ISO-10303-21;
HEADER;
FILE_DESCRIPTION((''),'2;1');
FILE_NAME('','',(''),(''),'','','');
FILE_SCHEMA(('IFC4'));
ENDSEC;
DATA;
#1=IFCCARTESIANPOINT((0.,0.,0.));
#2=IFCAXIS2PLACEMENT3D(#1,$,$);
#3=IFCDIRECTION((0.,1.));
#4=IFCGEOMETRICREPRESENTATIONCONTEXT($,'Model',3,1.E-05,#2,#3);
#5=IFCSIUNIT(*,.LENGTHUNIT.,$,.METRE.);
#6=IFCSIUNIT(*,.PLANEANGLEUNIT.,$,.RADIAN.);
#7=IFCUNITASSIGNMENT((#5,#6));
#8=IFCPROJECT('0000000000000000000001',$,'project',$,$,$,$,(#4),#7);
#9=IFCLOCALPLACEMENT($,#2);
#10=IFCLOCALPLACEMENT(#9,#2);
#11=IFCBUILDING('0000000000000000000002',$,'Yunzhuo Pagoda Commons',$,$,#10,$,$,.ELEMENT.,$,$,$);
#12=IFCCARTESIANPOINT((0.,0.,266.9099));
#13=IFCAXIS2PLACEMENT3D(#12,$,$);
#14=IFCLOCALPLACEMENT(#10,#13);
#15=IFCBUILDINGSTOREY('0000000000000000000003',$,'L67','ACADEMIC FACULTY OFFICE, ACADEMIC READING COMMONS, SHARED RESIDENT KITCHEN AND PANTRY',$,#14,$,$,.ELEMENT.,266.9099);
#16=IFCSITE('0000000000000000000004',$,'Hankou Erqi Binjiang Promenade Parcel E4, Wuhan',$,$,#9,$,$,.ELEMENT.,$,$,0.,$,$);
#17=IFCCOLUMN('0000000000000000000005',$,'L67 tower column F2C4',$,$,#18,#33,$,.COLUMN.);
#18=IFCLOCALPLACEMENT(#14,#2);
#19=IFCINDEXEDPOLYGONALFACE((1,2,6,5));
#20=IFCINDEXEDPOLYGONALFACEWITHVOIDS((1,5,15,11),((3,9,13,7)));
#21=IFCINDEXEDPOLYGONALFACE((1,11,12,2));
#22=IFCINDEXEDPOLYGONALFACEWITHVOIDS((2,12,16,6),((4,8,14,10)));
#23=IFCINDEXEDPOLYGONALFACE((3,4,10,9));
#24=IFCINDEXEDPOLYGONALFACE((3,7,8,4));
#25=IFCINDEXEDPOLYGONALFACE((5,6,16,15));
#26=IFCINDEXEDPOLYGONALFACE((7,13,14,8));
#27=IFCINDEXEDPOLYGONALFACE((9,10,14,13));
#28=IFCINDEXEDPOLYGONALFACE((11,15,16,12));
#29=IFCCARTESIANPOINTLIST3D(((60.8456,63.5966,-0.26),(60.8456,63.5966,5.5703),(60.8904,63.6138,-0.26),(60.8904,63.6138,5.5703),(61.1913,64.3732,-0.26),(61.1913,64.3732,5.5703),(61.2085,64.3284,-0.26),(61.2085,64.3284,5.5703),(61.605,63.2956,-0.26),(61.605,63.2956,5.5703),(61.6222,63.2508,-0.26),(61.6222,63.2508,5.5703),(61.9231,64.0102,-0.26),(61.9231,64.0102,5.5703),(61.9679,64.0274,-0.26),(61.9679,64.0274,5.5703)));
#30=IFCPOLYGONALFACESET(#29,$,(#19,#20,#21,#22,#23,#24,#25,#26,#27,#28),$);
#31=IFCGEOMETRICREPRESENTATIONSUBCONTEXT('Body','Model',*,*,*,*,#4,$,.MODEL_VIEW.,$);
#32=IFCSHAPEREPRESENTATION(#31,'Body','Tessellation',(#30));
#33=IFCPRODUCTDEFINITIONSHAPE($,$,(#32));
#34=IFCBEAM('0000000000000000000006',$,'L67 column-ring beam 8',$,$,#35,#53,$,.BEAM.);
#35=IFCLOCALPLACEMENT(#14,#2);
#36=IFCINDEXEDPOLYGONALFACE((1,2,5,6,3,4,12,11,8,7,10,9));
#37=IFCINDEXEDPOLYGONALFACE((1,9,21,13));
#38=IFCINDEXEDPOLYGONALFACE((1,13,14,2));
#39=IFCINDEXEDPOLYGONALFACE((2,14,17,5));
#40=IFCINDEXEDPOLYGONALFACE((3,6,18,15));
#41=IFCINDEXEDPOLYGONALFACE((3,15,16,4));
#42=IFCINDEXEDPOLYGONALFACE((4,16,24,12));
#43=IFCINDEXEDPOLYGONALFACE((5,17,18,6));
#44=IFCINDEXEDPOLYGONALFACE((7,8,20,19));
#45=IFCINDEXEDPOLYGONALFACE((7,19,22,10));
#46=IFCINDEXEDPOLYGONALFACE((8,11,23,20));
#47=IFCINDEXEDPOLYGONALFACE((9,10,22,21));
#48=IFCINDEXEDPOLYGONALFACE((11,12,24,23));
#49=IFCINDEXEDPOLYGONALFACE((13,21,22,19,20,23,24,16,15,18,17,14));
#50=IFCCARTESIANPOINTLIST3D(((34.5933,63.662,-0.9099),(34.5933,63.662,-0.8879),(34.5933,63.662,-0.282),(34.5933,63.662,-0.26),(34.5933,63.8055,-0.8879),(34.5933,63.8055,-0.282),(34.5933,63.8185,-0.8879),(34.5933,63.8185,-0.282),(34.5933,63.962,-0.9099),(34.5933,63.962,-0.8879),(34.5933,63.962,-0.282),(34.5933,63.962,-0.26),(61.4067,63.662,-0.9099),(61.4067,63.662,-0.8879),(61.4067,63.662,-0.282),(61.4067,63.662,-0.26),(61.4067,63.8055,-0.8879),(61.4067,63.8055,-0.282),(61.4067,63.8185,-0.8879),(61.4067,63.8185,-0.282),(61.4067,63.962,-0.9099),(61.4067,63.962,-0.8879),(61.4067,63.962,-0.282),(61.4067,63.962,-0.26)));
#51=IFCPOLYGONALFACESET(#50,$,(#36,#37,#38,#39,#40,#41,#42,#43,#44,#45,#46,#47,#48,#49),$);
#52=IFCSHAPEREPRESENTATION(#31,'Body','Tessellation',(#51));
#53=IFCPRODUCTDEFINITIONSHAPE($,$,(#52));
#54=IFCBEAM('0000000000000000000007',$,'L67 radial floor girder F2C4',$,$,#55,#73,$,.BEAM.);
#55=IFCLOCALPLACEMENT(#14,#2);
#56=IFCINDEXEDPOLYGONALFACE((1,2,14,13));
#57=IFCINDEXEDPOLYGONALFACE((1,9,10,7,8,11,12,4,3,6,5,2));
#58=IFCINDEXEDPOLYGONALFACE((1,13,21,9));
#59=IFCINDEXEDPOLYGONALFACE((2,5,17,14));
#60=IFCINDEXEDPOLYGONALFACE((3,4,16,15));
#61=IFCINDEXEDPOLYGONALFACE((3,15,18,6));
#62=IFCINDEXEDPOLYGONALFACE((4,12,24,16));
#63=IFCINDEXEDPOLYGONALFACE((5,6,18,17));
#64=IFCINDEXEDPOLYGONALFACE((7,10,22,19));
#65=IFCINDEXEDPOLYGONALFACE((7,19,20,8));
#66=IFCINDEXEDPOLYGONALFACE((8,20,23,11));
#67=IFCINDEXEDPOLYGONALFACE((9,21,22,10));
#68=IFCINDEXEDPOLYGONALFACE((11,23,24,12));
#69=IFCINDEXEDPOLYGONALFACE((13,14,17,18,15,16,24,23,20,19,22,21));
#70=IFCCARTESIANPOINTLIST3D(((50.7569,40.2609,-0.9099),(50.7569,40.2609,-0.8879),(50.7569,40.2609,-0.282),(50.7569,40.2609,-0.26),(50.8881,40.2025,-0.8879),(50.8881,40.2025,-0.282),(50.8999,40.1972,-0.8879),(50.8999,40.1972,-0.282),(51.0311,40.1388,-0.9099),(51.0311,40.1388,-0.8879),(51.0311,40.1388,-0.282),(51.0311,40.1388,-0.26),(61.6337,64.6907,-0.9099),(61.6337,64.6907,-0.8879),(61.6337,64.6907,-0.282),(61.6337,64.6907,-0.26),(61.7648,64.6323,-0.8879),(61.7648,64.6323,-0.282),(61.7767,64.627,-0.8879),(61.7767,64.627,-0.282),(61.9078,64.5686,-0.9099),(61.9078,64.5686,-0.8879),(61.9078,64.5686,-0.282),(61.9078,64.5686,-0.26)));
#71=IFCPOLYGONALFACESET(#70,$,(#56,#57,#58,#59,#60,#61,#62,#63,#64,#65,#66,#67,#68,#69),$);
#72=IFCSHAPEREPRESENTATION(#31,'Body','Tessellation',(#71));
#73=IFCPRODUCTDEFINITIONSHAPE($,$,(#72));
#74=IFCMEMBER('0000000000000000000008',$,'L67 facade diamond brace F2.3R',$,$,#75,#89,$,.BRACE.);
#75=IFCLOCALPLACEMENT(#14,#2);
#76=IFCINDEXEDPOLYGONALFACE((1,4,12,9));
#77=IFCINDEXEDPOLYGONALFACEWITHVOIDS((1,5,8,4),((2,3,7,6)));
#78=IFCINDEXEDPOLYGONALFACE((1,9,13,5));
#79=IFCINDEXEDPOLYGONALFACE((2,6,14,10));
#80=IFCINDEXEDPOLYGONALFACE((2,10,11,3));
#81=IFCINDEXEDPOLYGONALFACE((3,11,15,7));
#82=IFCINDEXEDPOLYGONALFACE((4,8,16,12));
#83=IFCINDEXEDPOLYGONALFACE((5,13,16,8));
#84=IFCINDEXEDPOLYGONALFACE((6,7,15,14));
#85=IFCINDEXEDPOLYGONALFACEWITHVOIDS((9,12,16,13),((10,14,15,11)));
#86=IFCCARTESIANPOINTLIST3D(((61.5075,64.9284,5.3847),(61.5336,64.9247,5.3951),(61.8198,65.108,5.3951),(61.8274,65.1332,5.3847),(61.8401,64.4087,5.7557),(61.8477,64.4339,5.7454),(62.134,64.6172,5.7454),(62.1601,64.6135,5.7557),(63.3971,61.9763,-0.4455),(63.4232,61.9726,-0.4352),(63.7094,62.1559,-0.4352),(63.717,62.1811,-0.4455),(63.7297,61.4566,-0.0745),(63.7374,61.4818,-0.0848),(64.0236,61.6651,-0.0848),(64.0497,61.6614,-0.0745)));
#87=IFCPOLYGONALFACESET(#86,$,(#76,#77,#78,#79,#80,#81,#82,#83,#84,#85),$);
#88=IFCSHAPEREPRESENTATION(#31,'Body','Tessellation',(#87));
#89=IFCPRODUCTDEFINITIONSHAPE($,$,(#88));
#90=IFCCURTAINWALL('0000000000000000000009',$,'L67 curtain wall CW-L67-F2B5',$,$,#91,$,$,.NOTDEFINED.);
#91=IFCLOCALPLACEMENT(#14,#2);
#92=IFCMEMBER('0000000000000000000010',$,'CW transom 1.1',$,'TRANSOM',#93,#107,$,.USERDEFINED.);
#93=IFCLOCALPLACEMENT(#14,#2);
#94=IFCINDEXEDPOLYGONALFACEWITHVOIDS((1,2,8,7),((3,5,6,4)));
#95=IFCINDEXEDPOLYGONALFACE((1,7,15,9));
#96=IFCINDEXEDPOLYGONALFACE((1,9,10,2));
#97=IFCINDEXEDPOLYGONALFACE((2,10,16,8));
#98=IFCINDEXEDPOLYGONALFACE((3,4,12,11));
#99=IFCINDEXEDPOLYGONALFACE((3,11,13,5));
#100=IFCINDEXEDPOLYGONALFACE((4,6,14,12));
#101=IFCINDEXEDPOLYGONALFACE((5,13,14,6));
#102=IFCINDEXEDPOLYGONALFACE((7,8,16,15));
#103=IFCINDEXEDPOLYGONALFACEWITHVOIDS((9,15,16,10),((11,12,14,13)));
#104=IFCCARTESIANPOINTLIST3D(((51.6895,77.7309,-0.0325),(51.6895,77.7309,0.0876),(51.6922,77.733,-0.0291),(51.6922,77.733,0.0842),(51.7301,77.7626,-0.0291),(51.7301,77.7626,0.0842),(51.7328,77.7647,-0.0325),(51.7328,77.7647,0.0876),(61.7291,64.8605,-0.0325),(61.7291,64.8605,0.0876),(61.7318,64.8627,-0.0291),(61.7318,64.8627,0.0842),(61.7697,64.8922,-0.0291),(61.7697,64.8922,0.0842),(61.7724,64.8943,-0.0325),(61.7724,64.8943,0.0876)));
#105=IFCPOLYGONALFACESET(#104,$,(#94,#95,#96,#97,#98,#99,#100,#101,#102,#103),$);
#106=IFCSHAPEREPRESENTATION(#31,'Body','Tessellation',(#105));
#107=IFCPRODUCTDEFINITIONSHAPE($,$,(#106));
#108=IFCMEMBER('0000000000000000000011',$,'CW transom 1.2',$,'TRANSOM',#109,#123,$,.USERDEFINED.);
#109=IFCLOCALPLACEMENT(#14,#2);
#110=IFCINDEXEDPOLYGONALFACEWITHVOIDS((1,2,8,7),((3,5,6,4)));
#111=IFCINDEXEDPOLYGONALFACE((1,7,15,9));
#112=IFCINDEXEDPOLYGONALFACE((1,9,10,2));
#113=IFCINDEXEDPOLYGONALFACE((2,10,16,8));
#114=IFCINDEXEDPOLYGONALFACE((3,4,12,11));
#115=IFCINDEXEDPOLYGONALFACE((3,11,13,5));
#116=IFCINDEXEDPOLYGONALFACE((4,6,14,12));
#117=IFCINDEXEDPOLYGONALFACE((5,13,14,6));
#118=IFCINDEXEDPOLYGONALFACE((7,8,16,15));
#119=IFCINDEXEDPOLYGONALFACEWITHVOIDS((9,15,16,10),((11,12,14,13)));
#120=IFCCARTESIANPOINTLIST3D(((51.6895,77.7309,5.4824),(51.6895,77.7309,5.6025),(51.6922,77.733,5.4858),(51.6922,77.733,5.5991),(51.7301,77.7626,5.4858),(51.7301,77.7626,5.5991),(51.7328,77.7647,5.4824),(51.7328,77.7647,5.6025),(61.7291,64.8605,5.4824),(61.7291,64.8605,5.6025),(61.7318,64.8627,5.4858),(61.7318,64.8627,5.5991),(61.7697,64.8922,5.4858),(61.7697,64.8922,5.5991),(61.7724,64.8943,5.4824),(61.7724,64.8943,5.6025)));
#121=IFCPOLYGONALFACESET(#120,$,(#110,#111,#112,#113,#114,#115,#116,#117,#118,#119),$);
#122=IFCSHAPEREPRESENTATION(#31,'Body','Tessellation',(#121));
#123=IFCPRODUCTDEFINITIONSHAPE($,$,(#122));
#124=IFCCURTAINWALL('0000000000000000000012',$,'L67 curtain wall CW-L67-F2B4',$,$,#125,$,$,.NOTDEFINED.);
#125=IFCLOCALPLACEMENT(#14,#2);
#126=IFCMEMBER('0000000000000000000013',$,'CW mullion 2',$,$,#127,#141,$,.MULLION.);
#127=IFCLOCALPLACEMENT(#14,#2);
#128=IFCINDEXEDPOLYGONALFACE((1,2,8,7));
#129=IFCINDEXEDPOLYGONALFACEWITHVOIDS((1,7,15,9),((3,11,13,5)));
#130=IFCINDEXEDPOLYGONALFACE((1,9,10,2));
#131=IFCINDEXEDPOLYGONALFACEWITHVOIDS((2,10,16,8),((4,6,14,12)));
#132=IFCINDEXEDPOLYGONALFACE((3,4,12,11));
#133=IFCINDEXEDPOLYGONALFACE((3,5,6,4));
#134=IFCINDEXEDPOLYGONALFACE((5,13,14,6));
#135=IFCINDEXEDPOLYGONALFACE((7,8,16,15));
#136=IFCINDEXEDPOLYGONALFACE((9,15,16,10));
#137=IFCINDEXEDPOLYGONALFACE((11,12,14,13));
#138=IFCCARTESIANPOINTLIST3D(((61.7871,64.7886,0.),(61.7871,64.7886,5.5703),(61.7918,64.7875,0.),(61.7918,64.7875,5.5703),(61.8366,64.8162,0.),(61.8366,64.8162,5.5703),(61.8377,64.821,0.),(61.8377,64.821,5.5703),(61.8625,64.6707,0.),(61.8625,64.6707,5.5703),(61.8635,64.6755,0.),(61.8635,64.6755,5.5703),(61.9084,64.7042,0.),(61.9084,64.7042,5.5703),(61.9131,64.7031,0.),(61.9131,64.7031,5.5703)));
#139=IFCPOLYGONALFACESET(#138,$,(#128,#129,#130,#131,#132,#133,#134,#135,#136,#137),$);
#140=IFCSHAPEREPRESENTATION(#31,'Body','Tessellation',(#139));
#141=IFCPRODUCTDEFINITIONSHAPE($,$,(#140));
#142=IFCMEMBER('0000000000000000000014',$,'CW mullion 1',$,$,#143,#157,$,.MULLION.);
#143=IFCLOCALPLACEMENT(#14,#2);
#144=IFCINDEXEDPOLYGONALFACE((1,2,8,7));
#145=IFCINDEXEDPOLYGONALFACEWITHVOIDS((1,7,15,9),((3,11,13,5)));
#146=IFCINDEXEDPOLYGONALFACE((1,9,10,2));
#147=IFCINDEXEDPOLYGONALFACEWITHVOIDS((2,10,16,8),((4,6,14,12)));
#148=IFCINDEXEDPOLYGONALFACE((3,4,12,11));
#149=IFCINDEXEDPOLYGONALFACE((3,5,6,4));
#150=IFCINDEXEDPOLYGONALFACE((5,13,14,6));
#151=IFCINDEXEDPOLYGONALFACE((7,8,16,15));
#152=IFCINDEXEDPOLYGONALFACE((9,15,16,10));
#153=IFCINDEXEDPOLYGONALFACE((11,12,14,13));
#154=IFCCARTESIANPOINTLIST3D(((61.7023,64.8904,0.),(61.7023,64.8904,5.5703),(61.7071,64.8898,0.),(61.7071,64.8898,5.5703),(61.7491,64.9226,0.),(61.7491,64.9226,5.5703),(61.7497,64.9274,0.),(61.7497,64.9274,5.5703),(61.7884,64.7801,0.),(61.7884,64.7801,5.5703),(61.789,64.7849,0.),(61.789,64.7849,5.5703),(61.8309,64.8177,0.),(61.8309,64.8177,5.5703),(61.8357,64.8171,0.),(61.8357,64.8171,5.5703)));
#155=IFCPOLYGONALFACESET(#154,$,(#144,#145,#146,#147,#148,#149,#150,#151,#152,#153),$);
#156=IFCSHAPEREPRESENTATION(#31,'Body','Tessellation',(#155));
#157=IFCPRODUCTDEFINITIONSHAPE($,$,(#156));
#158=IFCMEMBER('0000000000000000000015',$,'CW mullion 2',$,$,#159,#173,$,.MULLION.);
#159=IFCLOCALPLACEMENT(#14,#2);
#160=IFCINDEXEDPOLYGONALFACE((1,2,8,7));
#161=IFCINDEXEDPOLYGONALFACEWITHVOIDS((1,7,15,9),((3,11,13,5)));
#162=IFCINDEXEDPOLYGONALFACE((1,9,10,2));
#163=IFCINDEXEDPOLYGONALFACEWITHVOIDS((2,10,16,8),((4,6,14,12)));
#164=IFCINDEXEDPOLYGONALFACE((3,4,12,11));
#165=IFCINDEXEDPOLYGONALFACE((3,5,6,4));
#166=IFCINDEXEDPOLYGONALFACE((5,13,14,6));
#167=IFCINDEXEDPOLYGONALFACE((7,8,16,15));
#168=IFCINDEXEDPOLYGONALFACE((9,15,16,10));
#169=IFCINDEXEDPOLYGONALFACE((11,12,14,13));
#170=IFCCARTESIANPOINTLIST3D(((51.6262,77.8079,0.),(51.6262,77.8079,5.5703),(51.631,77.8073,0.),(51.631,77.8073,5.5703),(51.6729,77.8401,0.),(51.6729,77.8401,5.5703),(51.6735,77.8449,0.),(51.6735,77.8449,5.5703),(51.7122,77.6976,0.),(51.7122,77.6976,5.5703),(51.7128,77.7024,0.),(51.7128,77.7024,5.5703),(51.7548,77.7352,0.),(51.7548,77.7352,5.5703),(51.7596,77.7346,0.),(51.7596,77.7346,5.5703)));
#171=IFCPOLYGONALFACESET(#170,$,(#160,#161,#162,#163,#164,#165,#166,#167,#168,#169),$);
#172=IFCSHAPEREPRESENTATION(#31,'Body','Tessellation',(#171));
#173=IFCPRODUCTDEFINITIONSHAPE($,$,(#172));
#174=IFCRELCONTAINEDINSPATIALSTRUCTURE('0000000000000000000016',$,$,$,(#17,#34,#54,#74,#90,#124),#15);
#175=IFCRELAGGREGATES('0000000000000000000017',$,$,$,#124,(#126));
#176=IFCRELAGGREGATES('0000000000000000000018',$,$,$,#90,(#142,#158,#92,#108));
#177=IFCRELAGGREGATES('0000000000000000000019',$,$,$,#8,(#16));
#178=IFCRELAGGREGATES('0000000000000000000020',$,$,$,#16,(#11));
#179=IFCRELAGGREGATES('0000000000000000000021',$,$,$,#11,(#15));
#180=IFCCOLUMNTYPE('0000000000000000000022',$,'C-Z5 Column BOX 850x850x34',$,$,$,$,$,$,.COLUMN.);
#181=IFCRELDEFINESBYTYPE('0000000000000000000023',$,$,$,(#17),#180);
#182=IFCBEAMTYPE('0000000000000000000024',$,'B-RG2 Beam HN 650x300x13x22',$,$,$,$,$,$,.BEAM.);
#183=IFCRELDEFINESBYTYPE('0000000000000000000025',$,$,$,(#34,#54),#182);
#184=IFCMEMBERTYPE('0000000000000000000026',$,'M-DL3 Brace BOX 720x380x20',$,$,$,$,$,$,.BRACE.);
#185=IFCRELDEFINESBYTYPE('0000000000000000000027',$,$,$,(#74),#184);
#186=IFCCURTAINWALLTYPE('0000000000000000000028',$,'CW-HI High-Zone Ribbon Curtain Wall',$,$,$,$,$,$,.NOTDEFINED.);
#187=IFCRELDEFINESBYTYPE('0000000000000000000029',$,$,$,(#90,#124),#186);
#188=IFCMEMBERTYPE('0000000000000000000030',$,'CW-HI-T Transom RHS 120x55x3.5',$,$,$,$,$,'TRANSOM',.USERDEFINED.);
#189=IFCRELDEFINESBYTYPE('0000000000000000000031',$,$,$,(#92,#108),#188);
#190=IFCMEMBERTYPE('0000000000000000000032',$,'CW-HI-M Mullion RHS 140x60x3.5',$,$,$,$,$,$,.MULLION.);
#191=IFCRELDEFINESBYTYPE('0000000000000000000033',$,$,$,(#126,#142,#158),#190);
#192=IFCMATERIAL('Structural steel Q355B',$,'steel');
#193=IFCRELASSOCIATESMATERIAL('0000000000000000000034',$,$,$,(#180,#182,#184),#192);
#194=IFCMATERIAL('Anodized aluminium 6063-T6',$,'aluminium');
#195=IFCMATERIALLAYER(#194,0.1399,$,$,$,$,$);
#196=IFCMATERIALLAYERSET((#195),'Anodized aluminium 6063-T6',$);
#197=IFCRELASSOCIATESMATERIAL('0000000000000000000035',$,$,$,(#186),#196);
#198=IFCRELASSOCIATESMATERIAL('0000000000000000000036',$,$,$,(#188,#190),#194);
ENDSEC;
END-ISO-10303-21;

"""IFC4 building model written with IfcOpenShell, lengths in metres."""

from ifc_helpers import new_model, si_unit, direction, frame, origin, origin_2d, place, context, subcontext, project, spatial, hollow_rectangle, i_section, extrude, source, transform, mapped, material, layer, layer_set, material_profile, profile_set, type_object, element, aggregate, save


model = new_model("IFC4")

# Units and contexts
model_context = context("Model", 3, precision=1e-05, world=origin(), true_north=direction((0.0, 1.0)))
body_context = subcontext(model_context, "Body", "Model", "MODEL_VIEW")
ifc_project = project(units=[si_unit("LENGTHUNIT", "METRE"), si_unit("PLANEANGLEUNIT", "RADIAN")], contexts=[model_context])

# Site, building, storey
site_placement = place(None, origin())
site = spatial("IfcSite", under=ifc_project, at=site_placement, Name="Hankou Erqi Binjiang Promenade Parcel E4, Wuhan", CompositionType="ELEMENT", RefElevation=0.0)
building_placement = place(site_placement, origin())
building = spatial("IfcBuilding", under=site, at=building_placement, Name="Yunzhuo Pagoda Commons", CompositionType="ELEMENT")
storey_placement = place(building_placement, frame((0.0, 0.0, 266.9099)))
storey = spatial("IfcBuildingStorey", under=building, at=storey_placement, Name="L67", Description="ACADEMIC FACULTY OFFICE, ACADEMIC READING COMMONS, SHARED RESIDENT KITCHEN AND PANTRY", CompositionType="ELEMENT", Elevation=266.9099)

# Column
ifc_material_1 = material(Name="Structural steel Q355B", Category="steel")
ifc_material_profile_1 = material_profile(ifc_material_1, hollow_rectangle(XDim=0.8501, YDim=0.8501, WallThickness=0.0339, at=origin_2d()), Name="Structural steel Q355B")
ifc_profile_set_1 = profile_set([ifc_material_profile_1], Name="Structural steel Q355B")
column_type = type_object("IfcColumnType", Name="C-Z5 Column BOX 850x850x34", PredefinedType="COLUMN", material=ifc_profile_set_1)
shared_shape_1 = source(origin(), body_context, "Body", "SweptSolid", [
    extrude(hollow_rectangle(XDim=0.8501, YDim=0.8501, WallThickness=0.0339, at=origin_2d()), origin(), (0.0, 0.0, 1.0), 5.8303),
])
column_placement = place(storey_placement, frame((61.4067, 63.812, -0.26), z_axis=(0.0, 0.0, 1.0), x_axis=(-0.913545, 0.406737, 0.0)))
element("IfcColumn", 1, at=column_placement, inside=storey, type_object=column_type, Name="L67 tower column F2C4", PredefinedType="COLUMN", context=body_context, shape_type="MappedRepresentation", body=[
    mapped(shared_shape_1, transform((0.0, 0.0, 0.0), scale=1.0)),
])

# Beams
ifc_material_profile_2 = material_profile(ifc_material_1, i_section(OverallWidth=0.3, OverallDepth=0.6499, WebThickness=0.0129, FlangeThickness=0.022, at=origin_2d()), Name="Structural steel Q355B")
ifc_profile_set_2 = profile_set([ifc_material_profile_2], Name="Structural steel Q355B")
beam_type = type_object("IfcBeamType", Name="B-RG2 Beam HN 650x300x13x22", PredefinedType="BEAM", material=ifc_profile_set_2)
shared_shape_2 = source(origin(), body_context, "Body", "SweptSolid", [
    extrude(i_section(OverallWidth=0.3, OverallDepth=0.6499, WebThickness=0.0129, FlangeThickness=0.022, at=origin_2d()), origin(), (0.0, 0.0, 1.0), 26.8135),
])
beam_1_placement = place(storey_placement, frame((61.4067, 63.812, -0.585), z_axis=(-1.0, 0.0, 0.0), x_axis=(0.0, -1.0, 0.0)))
element("IfcBeam", 2, at=beam_1_placement, inside=storey, type_object=beam_type, Name="L67 column-ring beam 8", PredefinedType="BEAM", context=body_context, shape_type="MappedRepresentation", body=[
    mapped(shared_shape_2, transform((0.0, 0.0, 0.0), scale=1.0)),
])
shared_shape_3 = source(origin(), body_context, "Body", "SweptSolid", [
    extrude(i_section(OverallWidth=0.3, OverallDepth=0.6499, WebThickness=0.0129, FlangeThickness=0.022, at=origin_2d()), origin(), (0.0, 0.0, 1.0), 26.7417),
])
beam_2_placement = place(storey_placement, frame((61.7708, 64.6296, -0.585), z_axis=(-0.406734, -0.913547, 0.0), x_axis=(0.913547, -0.406734, 0.0)))
element("IfcBeam", 3, at=beam_2_placement, inside=storey, type_object=beam_type, Name="L67 radial floor girder F2C4", PredefinedType="BEAM", context=body_context, shape_type="MappedRepresentation", body=[
    mapped(shared_shape_3, transform((0.0, 0.0, 0.0), scale=1.0)),
])

# Member
ifc_material_profile_3 = material_profile(ifc_material_1, hollow_rectangle(XDim=0.3799, YDim=0.72, WallThickness=0.02, at=origin_2d()), Name="Structural steel Q355B")
ifc_profile_set_3 = profile_set([ifc_material_profile_3], Name="Structural steel Q355B")
member_type_1 = type_object("IfcMemberType", Name="M-DL3 Brace BOX 720x380x20", PredefinedType="BRACE", material=ifc_profile_set_3)
shared_shape_4 = source(origin(), body_context, "Body", "SweptSolid", [
    extrude(hollow_rectangle(XDim=0.3799, YDim=0.72, WallThickness=0.02, at=origin_2d()), origin(), (0.0, 0.0, 1.0), 6.8027),
])
member_1_placement = place(storey_placement, frame((63.7234, 61.8188, -0.26), z_axis=(-0.277774, 0.433958, 0.857043), x_axis=(-0.842236, -0.539109, 0.0)))
element("IfcMember", 4, at=member_1_placement, inside=storey, type_object=member_type_1, Name="L67 facade diamond brace F2.3R", PredefinedType="BRACE", context=body_context, shape_type="MappedRepresentation", body=[
    mapped(shared_shape_4, transform((0.0, 0.0, 0.0), scale=1.0)),
])

# Curtain wall, members
ifc_material_2 = material(Name="Anodized aluminium 6063-T6", Category="aluminium")
ifc_layer_1 = layer(ifc_material_2, 0.1399)
ifc_layer_set_1 = layer_set([ifc_layer_1], Name="Anodized aluminium 6063-T6")
curtain_wall_type = type_object("IfcCurtainWallType", Name="CW-HI High-Zone Ribbon Curtain Wall", PredefinedType="NOTDEFINED", material=ifc_layer_set_1)
curtain_wall_1_placement = place(storey_placement, origin())
curtain_wall_1 = element("IfcCurtainWall", 5, at=curtain_wall_1_placement, inside=storey, type_object=curtain_wall_type, Name="L67 curtain wall CW-L67-F2B5", PredefinedType="NOTDEFINED")
ifc_material_profile_4 = material_profile(ifc_material_2, hollow_rectangle(XDim=0.0549, YDim=0.1201, WallThickness=0.0034, at=origin_2d()), Name="Anodized aluminium 6063-T6")
ifc_profile_set_4 = profile_set([ifc_material_profile_4], Name="Anodized aluminium 6063-T6")
member_type_2 = type_object("IfcMemberType", Name="CW-HI-T Transom RHS 120x55x3.5", ElementType="TRANSOM", PredefinedType="USERDEFINED", material=ifc_profile_set_4)
shared_shape_5 = source(origin(), body_context, "Body", "SweptSolid", [
    extrude(hollow_rectangle(XDim=0.0549, YDim=0.1201, WallThickness=0.0034, at=origin_2d()), origin(), (0.0, 0.0, 1.0), 16.323),
])
member_2_placement = place(storey_placement, frame((61.7507, 64.8774, 0.0276), z_axis=(-0.615057, 0.788482, 0.0), x_axis=(-0.788482, -0.615057, 0.0)))
member_2 = element("IfcMember", 6, at=member_2_placement, type_object=member_type_2, Name="CW transom 1.1", ObjectType="TRANSOM", PredefinedType="USERDEFINED", context=body_context, shape_type="MappedRepresentation", body=[
    mapped(shared_shape_5, transform((0.0, 0.0, 0.0), scale=1.0)),
])
member_3_placement = place(storey_placement, frame((61.7507, 64.8774, 5.5425), z_axis=(-0.615057, 0.788482, 0.0), x_axis=(-0.788482, -0.615057, 0.0)))
member_3 = element("IfcMember", 7, at=member_3_placement, type_object=member_type_2, Name="CW transom 1.2", ObjectType="TRANSOM", PredefinedType="USERDEFINED", context=body_context, shape_type="MappedRepresentation", body=[
    mapped(shared_shape_5, transform((0.0, 0.0, 0.0), scale=1.0)),
])

# Curtain wall, member
curtain_wall_2_placement = place(storey_placement, origin())
curtain_wall_2 = element("IfcCurtainWall", 8, at=curtain_wall_2_placement, inside=storey, type_object=curtain_wall_type, Name="L67 curtain wall CW-L67-F2B4", PredefinedType="NOTDEFINED")
ifc_material_profile_5 = material_profile(ifc_material_2, hollow_rectangle(XDim=0.0601, YDim=0.1399, WallThickness=0.0034, at=origin_2d()), Name="Anodized aluminium 6063-T6")
ifc_profile_set_5 = profile_set([ifc_material_profile_5], Name="Anodized aluminium 6063-T6")
member_type_3 = type_object("IfcMemberType", Name="CW-HI-M Mullion RHS 140x60x3.5", PredefinedType="MULLION", material=ifc_profile_set_5)
shared_shape_6 = source(origin(), body_context, "Body", "SweptSolid", [
    extrude(hollow_rectangle(XDim=0.0601, YDim=0.1399, WallThickness=0.0034, at=origin_2d()), origin(), (0.0, 0.0, 1.0), 5.5703),
])
member_4_placement = place(storey_placement, frame((61.8501, 64.7458, 0.0), z_axis=(0.0, 0.0, 1.0), x_axis=(-0.842256, -0.539078, 0.0)))
member_4 = element("IfcMember", 9, at=member_4_placement, type_object=member_type_3, Name="CW mullion 2", PredefinedType="MULLION", context=body_context, shape_type="MappedRepresentation", body=[
    mapped(shared_shape_6, transform((0.0, 0.0, 0.0), scale=1.0)),
])

# Members
member_5_placement = place(storey_placement, frame((61.769, 64.8538, 0.0), z_axis=(0.0, 0.0, 1.0), x_axis=(-0.78848, -0.61506, 0.0)))
member_5 = element("IfcMember", 10, at=member_5_placement, type_object=member_type_3, Name="CW mullion 1", PredefinedType="MULLION", context=body_context, shape_type="MappedRepresentation", body=[
    mapped(shared_shape_6, transform((0.0, 0.0, 0.0), scale=1.0)),
])
member_6_placement = place(storey_placement, frame((51.6929, 77.7712, 0.0), z_axis=(0.0, 0.0, 1.0), x_axis=(-0.78848, -0.61506, 0.0)))
member_6 = element("IfcMember", 11, at=member_6_placement, type_object=member_type_3, Name="CW mullion 2", PredefinedType="MULLION", context=body_context, shape_type="MappedRepresentation", body=[
    mapped(shared_shape_6, transform((0.0, 0.0, 0.0), scale=1.0)),
])

aggregate(curtain_wall_2, [member_4])
aggregate(curtain_wall_1, [member_5, member_6, member_2, member_3])

save(model, "model.ifc")
